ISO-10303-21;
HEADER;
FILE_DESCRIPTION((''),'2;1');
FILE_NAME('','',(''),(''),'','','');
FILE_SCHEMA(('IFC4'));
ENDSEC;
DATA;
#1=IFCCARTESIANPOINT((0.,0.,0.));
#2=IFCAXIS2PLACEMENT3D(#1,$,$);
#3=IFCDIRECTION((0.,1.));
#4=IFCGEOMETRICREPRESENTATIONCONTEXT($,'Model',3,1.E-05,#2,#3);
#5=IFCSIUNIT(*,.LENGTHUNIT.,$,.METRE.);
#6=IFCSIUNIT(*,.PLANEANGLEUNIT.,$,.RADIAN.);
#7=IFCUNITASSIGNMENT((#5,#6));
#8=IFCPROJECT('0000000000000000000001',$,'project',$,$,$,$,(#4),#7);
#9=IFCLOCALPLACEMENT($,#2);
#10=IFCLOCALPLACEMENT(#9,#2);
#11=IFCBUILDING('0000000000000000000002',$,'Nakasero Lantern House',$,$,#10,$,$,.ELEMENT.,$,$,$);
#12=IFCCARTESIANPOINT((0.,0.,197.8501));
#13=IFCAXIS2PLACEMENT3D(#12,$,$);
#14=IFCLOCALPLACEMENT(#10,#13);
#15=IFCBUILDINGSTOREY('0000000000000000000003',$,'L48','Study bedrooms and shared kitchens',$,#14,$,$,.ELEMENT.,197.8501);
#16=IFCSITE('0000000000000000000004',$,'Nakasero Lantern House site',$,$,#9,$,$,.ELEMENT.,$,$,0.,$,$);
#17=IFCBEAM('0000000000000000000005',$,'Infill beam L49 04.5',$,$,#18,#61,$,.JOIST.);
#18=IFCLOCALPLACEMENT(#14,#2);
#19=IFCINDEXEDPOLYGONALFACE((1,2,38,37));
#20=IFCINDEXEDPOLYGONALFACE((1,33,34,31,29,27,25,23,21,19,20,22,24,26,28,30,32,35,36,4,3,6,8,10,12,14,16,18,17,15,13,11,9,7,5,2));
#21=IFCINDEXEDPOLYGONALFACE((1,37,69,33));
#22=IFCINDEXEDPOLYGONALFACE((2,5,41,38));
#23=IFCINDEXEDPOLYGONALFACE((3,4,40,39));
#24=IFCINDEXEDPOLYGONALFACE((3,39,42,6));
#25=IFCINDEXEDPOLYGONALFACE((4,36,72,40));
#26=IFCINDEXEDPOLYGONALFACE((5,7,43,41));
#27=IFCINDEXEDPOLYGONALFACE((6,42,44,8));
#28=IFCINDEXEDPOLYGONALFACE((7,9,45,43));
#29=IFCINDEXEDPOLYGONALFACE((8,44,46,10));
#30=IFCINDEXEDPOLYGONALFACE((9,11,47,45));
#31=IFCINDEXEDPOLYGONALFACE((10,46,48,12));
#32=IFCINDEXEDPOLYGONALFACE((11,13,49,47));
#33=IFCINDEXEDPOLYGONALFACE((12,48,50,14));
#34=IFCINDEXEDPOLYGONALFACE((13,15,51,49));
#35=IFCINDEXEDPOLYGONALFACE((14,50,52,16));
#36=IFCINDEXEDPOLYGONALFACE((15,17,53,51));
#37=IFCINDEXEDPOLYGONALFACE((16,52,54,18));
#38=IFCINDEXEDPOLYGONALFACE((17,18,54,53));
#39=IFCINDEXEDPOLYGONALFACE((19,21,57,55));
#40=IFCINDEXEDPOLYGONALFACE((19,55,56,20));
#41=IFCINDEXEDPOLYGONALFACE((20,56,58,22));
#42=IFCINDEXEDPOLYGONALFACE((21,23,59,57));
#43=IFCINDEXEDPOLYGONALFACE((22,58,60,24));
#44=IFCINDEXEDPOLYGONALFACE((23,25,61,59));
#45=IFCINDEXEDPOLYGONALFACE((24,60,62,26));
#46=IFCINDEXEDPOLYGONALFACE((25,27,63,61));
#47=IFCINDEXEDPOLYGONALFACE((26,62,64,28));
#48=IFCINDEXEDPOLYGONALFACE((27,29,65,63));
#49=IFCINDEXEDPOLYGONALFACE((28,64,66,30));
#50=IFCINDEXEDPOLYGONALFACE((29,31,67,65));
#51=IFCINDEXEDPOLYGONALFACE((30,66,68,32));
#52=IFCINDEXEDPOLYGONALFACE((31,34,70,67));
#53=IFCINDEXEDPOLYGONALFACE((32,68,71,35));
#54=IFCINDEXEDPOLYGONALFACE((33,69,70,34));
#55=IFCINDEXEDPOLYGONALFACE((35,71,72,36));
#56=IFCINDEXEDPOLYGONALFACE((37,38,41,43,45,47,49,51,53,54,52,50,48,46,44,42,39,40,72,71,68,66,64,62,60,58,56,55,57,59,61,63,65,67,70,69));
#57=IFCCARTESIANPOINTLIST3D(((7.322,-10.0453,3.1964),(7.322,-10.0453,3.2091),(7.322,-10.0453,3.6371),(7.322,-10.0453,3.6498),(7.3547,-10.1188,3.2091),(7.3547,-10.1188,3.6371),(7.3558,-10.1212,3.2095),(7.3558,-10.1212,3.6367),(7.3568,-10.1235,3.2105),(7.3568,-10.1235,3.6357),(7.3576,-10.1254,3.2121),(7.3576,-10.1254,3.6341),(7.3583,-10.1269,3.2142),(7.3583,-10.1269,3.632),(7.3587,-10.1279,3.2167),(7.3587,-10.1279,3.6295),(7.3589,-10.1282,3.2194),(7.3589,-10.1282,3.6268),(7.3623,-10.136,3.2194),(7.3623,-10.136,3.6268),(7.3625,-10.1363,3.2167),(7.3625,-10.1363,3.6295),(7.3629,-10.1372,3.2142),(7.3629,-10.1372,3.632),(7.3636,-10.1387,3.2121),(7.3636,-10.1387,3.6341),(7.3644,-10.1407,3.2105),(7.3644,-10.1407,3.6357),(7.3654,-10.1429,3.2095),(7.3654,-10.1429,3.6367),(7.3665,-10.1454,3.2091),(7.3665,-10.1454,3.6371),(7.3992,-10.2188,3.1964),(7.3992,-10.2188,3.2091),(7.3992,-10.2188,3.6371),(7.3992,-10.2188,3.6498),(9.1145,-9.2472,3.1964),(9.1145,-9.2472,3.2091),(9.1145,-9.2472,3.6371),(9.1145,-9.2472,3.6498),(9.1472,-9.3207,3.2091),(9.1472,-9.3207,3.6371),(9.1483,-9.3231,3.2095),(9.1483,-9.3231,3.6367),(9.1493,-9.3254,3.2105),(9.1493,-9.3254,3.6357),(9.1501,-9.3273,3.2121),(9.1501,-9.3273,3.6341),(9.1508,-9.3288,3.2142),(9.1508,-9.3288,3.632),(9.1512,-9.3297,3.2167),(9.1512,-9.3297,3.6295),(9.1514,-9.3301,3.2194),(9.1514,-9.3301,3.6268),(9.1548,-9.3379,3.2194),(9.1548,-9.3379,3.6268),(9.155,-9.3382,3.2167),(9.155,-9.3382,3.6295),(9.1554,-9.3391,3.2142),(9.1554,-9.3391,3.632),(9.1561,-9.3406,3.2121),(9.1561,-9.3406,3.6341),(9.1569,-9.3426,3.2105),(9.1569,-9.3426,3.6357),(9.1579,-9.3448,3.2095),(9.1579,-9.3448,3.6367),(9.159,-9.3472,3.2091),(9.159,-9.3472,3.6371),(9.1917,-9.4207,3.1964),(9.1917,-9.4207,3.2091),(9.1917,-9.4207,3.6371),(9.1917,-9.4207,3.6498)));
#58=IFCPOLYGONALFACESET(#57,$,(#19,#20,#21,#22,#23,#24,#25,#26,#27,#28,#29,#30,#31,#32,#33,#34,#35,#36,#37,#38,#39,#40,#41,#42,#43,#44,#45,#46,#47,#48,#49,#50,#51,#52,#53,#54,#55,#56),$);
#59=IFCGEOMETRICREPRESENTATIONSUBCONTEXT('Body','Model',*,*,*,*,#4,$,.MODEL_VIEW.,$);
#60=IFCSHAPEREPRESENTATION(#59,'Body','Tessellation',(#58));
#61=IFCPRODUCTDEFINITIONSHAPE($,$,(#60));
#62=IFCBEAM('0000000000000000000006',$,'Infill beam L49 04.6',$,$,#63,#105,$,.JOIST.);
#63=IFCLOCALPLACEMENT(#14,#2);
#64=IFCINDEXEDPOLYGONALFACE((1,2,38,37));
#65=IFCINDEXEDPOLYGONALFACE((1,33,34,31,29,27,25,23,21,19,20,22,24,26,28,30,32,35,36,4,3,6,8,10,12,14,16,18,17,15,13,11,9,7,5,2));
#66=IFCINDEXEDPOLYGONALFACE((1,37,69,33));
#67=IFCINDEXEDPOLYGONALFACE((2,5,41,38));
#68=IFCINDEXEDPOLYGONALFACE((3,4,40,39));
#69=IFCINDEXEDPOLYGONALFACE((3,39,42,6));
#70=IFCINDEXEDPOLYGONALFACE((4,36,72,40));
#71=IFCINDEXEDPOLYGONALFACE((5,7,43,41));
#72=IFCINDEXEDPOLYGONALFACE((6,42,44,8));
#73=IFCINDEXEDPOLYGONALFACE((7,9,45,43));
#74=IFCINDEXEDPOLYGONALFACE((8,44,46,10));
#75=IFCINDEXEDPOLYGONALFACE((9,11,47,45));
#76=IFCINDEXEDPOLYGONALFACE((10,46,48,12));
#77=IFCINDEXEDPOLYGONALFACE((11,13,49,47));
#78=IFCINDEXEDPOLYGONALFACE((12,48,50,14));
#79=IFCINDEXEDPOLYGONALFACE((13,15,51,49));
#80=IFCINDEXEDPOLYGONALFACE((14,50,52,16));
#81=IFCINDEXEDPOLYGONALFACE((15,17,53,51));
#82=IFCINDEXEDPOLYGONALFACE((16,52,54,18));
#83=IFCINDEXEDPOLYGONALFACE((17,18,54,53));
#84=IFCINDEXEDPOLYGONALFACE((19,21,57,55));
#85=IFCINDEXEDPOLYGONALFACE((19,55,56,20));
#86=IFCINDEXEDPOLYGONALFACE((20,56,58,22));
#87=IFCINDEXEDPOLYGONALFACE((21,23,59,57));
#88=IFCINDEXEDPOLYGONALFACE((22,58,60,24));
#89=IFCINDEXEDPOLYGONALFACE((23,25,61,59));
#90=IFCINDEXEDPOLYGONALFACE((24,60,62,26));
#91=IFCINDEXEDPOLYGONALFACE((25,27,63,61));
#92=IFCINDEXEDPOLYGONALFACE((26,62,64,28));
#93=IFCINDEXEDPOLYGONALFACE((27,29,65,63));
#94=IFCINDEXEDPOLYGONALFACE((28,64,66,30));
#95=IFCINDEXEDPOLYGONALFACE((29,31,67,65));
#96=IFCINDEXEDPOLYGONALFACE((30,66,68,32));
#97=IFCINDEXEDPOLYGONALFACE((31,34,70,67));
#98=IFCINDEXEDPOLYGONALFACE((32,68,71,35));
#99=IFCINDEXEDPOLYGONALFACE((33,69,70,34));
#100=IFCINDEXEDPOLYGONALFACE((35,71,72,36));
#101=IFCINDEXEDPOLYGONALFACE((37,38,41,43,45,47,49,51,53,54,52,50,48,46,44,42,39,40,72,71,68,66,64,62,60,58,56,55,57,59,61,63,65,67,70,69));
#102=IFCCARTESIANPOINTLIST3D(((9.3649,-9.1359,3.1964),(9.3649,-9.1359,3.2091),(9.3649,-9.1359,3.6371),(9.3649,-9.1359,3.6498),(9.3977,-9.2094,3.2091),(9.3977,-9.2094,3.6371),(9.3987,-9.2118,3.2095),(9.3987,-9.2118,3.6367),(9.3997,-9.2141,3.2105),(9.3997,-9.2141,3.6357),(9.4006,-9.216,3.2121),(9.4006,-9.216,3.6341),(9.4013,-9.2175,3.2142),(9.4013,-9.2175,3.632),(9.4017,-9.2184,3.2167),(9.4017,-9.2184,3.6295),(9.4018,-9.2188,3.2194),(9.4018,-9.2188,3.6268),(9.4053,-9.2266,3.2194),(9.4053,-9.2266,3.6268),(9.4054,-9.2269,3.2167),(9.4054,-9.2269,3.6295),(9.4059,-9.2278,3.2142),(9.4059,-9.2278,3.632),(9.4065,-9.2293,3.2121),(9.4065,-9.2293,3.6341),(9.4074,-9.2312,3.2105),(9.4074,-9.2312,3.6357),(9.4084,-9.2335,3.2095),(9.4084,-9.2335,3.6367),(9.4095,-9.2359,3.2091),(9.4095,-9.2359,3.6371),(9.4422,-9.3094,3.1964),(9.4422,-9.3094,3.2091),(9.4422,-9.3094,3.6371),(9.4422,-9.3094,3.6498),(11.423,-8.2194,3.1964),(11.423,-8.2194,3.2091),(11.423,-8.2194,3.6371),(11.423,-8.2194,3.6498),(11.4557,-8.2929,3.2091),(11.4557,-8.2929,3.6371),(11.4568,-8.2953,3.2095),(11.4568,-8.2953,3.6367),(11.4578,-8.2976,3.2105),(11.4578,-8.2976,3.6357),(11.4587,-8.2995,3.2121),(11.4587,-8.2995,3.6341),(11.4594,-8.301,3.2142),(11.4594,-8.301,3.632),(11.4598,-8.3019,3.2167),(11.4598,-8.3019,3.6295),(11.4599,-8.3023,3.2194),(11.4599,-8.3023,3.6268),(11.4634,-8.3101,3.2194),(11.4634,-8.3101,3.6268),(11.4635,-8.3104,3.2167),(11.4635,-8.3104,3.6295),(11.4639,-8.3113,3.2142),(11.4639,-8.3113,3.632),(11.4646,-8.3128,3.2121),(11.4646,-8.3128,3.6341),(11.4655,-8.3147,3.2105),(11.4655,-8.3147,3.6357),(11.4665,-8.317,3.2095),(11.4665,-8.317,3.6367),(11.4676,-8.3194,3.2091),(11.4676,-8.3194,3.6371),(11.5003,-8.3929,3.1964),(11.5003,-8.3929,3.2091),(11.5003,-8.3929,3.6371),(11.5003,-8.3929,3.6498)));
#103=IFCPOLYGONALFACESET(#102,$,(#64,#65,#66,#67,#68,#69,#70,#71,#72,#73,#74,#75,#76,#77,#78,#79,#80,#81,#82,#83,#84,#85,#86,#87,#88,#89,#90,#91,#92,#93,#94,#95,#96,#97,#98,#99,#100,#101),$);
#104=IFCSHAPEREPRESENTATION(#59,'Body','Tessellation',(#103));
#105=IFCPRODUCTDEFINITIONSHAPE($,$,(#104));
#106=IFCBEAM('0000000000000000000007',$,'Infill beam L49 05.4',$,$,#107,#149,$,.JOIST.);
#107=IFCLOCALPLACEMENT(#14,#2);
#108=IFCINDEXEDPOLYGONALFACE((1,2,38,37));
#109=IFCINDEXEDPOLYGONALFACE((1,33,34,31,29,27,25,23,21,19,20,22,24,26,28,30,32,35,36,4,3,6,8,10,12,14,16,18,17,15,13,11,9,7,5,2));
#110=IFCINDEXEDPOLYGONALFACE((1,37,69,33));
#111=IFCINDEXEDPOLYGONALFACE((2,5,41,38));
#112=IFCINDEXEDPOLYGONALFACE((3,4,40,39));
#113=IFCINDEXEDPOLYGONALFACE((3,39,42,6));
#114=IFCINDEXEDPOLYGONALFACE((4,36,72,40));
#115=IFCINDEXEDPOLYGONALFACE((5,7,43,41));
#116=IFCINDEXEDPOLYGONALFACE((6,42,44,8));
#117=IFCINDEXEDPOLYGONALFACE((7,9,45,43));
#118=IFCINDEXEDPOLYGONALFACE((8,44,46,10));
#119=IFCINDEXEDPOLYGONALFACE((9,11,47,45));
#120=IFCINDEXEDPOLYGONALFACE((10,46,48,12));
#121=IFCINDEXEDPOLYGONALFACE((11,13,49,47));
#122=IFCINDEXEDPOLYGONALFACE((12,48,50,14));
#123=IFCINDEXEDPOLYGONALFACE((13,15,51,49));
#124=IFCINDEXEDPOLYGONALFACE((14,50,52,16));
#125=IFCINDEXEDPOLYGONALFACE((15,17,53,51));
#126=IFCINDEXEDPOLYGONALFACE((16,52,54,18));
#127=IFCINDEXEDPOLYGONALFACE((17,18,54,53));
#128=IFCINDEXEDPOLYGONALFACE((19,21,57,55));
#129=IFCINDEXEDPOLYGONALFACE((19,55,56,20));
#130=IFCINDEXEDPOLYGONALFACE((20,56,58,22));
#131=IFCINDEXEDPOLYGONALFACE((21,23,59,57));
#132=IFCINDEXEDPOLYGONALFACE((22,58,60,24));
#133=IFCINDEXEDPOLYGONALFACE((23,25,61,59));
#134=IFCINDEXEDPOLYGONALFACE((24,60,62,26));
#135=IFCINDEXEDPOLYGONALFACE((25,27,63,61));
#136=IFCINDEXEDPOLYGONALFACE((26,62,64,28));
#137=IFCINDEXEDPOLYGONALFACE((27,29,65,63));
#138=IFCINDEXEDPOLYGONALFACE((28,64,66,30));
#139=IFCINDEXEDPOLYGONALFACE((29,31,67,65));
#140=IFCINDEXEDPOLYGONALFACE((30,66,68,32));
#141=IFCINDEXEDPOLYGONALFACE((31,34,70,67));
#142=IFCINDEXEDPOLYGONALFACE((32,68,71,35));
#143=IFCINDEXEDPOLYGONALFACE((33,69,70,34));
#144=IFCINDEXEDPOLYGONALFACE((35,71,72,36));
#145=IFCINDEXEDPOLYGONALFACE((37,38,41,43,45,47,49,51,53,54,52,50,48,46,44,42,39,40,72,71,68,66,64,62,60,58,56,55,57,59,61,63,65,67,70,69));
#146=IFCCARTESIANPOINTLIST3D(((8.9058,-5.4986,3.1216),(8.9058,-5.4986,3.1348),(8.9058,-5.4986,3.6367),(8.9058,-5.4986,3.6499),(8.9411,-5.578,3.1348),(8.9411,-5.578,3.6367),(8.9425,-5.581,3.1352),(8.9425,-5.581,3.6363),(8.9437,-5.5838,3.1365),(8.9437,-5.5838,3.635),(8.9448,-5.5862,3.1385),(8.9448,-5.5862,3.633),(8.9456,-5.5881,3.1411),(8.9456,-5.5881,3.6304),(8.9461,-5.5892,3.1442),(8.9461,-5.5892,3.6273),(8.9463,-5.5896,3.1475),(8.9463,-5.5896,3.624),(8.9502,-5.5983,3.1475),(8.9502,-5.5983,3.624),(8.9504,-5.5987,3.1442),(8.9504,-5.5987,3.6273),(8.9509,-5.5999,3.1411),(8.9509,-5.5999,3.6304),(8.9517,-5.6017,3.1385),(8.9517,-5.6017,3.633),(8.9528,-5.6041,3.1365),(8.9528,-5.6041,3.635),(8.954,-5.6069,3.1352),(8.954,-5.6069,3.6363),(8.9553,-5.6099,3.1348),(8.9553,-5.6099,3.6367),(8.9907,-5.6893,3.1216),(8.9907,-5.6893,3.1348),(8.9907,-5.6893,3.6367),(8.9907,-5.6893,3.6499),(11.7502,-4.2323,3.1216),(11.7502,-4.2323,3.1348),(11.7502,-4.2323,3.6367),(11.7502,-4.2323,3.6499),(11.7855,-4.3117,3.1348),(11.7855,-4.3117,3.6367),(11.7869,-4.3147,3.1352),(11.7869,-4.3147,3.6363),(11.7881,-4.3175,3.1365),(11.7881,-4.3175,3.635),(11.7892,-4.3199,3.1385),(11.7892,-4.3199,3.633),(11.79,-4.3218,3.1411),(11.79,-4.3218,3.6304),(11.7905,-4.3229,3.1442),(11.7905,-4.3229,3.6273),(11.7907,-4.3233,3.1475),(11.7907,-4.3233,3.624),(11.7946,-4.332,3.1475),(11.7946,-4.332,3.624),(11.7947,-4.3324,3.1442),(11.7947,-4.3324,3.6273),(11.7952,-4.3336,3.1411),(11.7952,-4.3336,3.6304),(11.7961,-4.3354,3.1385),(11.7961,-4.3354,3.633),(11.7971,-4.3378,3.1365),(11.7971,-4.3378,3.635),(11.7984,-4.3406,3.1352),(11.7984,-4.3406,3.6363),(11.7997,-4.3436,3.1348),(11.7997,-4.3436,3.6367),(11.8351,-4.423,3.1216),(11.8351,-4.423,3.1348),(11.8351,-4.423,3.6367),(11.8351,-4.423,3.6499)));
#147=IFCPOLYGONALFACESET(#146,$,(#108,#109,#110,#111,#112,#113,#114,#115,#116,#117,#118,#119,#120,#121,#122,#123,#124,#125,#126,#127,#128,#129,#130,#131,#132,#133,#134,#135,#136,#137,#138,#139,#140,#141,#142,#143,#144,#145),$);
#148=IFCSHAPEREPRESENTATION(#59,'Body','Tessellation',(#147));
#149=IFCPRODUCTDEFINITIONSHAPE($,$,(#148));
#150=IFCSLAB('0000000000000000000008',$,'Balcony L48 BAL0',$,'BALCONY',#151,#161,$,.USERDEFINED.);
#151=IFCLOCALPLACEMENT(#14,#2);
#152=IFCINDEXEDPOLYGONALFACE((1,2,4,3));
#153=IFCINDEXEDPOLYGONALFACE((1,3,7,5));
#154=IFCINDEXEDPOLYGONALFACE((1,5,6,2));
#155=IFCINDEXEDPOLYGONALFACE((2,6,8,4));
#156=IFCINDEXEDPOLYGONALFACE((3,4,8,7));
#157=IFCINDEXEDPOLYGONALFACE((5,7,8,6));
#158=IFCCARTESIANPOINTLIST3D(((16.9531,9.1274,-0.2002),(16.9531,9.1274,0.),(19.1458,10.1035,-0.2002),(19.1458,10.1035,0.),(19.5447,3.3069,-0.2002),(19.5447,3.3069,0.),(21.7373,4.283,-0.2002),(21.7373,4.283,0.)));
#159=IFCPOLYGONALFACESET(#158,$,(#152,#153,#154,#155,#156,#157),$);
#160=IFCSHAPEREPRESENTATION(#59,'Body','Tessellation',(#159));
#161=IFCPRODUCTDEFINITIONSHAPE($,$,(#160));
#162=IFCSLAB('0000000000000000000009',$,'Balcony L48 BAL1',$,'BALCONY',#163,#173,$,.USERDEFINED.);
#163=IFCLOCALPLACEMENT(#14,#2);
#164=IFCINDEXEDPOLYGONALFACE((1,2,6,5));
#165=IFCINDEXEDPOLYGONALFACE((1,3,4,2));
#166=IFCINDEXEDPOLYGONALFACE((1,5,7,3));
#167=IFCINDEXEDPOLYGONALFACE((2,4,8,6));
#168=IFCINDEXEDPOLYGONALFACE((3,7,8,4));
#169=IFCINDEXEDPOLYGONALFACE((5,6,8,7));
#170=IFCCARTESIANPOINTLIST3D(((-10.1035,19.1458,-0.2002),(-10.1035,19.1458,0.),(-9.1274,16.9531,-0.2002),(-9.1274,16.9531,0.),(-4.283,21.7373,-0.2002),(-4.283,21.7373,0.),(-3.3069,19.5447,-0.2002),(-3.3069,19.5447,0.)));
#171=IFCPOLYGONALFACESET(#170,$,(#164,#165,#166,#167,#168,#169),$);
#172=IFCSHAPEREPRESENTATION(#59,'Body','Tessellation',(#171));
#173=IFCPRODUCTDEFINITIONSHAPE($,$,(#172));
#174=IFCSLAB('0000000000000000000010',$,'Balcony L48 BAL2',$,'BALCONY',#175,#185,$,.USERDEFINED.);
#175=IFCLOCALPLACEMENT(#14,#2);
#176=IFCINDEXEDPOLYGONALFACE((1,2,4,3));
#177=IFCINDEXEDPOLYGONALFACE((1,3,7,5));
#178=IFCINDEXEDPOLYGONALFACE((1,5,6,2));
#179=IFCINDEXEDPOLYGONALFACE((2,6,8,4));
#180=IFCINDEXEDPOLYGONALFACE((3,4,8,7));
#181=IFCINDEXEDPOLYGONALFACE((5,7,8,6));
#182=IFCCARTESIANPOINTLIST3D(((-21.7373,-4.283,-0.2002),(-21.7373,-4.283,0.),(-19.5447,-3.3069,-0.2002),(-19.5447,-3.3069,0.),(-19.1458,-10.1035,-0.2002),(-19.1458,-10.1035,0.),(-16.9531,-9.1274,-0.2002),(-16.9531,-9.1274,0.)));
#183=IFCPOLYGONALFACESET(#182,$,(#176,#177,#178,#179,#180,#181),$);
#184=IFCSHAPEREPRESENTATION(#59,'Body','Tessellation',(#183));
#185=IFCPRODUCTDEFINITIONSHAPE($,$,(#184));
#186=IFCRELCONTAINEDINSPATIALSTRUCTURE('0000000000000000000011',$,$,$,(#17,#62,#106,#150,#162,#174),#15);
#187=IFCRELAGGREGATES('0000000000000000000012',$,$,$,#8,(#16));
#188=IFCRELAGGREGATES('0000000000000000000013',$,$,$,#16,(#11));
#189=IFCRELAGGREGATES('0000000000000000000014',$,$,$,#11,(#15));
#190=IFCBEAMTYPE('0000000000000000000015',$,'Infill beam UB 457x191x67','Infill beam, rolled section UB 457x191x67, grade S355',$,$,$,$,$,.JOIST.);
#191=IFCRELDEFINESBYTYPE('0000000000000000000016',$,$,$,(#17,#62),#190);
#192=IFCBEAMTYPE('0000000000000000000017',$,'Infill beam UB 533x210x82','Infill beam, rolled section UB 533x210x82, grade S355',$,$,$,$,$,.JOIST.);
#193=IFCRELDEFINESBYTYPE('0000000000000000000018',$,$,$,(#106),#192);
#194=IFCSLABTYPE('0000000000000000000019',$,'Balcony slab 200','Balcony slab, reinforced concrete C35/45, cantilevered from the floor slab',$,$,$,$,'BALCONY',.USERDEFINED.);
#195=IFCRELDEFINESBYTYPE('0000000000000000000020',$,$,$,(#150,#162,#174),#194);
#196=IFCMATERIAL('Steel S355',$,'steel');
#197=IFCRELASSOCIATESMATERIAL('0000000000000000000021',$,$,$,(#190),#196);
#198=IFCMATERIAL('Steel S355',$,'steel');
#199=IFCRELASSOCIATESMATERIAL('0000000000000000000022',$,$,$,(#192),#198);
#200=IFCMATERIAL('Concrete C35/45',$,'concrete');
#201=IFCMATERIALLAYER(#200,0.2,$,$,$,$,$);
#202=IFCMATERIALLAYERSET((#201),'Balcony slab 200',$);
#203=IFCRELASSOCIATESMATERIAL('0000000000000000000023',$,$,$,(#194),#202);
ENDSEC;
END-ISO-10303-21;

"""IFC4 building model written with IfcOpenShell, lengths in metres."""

from ifc_helpers import new_model, si_unit, direction, frame, origin, origin_2d, place, context, subcontext, project, spatial, polyline, i_section, outline, extrude, material, layer, layer_set, material_profile, profile_set, type_object, element, save


model = new_model("IFC4")

# Units and contexts
model_context = context("Model", 3, precision=1e-05, world=origin(), true_north=direction((0.0, 1.0)))
body_context = subcontext(model_context, "Body", "Model", "MODEL_VIEW")
ifc_project = project(units=[si_unit("LENGTHUNIT", "METRE"), si_unit("PLANEANGLEUNIT", "RADIAN")], contexts=[model_context])

# Site, building, storey
site_placement = place(None, origin())
site = spatial("IfcSite", under=ifc_project, at=site_placement, Name="Nakasero Lantern House site", CompositionType="ELEMENT", RefElevation=0.0)
building_placement = place(site_placement, origin())
building = spatial("IfcBuilding", under=site, at=building_placement, Name="Nakasero Lantern House", CompositionType="ELEMENT")
storey_placement = place(building_placement, frame((0.0, 0.0, 197.8501)))
storey = spatial("IfcBuildingStorey", under=building, at=storey_placement, Name="L48", Description="Study bedrooms and shared kitchens", CompositionType="ELEMENT", Elevation=197.8501)

# Beams
ifc_material_1 = material(Name="Steel S355", Category="steel")
ifc_material_profile_1 = material_profile(ifc_material_1, i_section(OverallWidth=0.1899, OverallDepth=0.4534, WebThickness=0.0085, FlangeThickness=0.0127, FilletRadius=0.0103, at=origin_2d()), Name="UB 457x191x67")
ifc_profile_set_1 = profile_set([ifc_material_profile_1], Name="Steel S355")
beam_type_1 = type_object("IfcBeamType", Name="Infill beam UB 457x191x67", Description="Infill beam, rolled section UB 457x191x67, grade S355", PredefinedType="JOIST", material=ifc_profile_set_1)
beam_1_placement = place(storey_placement, frame((7.3606, -10.1321, 3.4231), z_axis=(0.913539, 0.40675, 0.0), x_axis=(-0.40675, 0.913539, 0.0)))
element("IfcBeam", 1, at=beam_1_placement, inside=storey, type_object=beam_type_1, Name="Infill beam L49 04.5", PredefinedType="JOIST", context=body_context, shape_type="SweptSolid", body=[
    extrude(i_section(OverallWidth=0.1899, OverallDepth=0.4534, WebThickness=0.0085, FlangeThickness=0.0127, FilletRadius=0.0103, at=origin_2d()), origin(), (0.0, 0.0, 1.0), 1.9622),
])
beam_2_placement = place(storey_placement, frame((9.4036, -9.2227, 3.4231), z_axis=(0.913516, 0.406802, 0.0), x_axis=(-0.406802, 0.913516, 0.0)))
element("IfcBeam", 2, at=beam_2_placement, inside=storey, type_object=beam_type_1, Name="Infill beam L49 04.6", PredefinedType="JOIST", context=body_context, shape_type="SweptSolid", body=[
    extrude(i_section(OverallWidth=0.1899, OverallDepth=0.4534, WebThickness=0.0085, FlangeThickness=0.0127, FilletRadius=0.0103, at=origin_2d()), origin(), (0.0, 0.0, 1.0), 2.2529),
])
ifc_material_2 = material(Name="Steel S355", Category="steel")
ifc_material_profile_2 = material_profile(ifc_material_2, i_section(OverallWidth=0.2087, OverallDepth=0.5283, WebThickness=0.0095, FlangeThickness=0.0132, FilletRadius=0.0127, at=origin_2d()), Name="UB 533x210x82")
ifc_profile_set_2 = profile_set([ifc_material_profile_2], Name="Steel S355")
beam_type_2 = type_object("IfcBeamType", Name="Infill beam UB 533x210x82", Description="Infill beam, rolled section UB 533x210x82, grade S355", PredefinedType="JOIST", material=ifc_profile_set_2)
beam_3_placement = place(storey_placement, frame((8.9482, -5.594, 3.3857), z_axis=(0.913556, 0.406713, 0.0), x_axis=(-0.406713, 0.913556, 0.0)))
element("IfcBeam", 3, at=beam_3_placement, inside=storey, type_object=beam_type_2, Name="Infill beam L49 05.4", PredefinedType="JOIST", context=body_context, shape_type="SweptSolid", body=[
    extrude(i_section(OverallWidth=0.2087, OverallDepth=0.5283, WebThickness=0.0095, FlangeThickness=0.0132, FilletRadius=0.0127, at=origin_2d()), origin(), (0.0, 0.0, 1.0), 3.1135),
])

# Slabs
ifc_material_3 = material(Name="Concrete C35/45", Category="concrete")
ifc_layer_1 = layer(ifc_material_3, 0.2)
ifc_layer_set_1 = layer_set([ifc_layer_1], Name="Balcony slab 200")
slab_type_1 = type_object("IfcSlabType", Name="Balcony slab 200", Description="Balcony slab, reinforced concrete C35/45, cantilevered from the floor slab", ElementType="BALCONY", PredefinedType="USERDEFINED", material=ifc_layer_set_1)
slab_1_placement = place(storey_placement, frame((0.0, 0.0, -0.2002)))
element("IfcSlab", 4, at=slab_1_placement, inside=storey, type_object=slab_type_1, Name="Balcony L48 BAL0", ObjectType="BALCONY", PredefinedType="USERDEFINED", context=body_context, shape_type="SweptSolid", body=[
    extrude(outline(polyline([(19.5447, 3.3069), (21.7373, 4.283), (19.1458, 10.1035), (16.9531, 9.1274), (19.5447, 3.3069)])), origin(), (0.0, 0.0, 1.0), 0.2002),
])
slab_2_placement = place(storey_placement, frame((0.0, 0.0, -0.2002)))
element("IfcSlab", 5, at=slab_2_placement, inside=storey, type_object=slab_type_1, Name="Balcony L48 BAL1", ObjectType="BALCONY", PredefinedType="USERDEFINED", context=body_context, shape_type="SweptSolid", body=[
    extrude(outline(polyline([(-3.3069, 19.5447), (-4.283, 21.7373), (-10.1035, 19.1458), (-9.1274, 16.9531), (-3.3069, 19.5447)])), origin(), (0.0, 0.0, 1.0), 0.2002),
])
slab_3_placement = place(storey_placement, frame((0.0, 0.0, -0.2002)))
element("IfcSlab", 6, at=slab_3_placement, inside=storey, type_object=slab_type_1, Name="Balcony L48 BAL2", ObjectType="BALCONY", PredefinedType="USERDEFINED", context=body_context, shape_type="SweptSolid", body=[
    extrude(outline(polyline([(-19.5447, -3.3069), (-21.7373, -4.283), (-19.1458, -10.1035), (-16.9531, -9.1274), (-19.5447, -3.3069)])), origin(), (0.0, 0.0, 1.0), 0.2002),
])

save(model, "model.ifc")
